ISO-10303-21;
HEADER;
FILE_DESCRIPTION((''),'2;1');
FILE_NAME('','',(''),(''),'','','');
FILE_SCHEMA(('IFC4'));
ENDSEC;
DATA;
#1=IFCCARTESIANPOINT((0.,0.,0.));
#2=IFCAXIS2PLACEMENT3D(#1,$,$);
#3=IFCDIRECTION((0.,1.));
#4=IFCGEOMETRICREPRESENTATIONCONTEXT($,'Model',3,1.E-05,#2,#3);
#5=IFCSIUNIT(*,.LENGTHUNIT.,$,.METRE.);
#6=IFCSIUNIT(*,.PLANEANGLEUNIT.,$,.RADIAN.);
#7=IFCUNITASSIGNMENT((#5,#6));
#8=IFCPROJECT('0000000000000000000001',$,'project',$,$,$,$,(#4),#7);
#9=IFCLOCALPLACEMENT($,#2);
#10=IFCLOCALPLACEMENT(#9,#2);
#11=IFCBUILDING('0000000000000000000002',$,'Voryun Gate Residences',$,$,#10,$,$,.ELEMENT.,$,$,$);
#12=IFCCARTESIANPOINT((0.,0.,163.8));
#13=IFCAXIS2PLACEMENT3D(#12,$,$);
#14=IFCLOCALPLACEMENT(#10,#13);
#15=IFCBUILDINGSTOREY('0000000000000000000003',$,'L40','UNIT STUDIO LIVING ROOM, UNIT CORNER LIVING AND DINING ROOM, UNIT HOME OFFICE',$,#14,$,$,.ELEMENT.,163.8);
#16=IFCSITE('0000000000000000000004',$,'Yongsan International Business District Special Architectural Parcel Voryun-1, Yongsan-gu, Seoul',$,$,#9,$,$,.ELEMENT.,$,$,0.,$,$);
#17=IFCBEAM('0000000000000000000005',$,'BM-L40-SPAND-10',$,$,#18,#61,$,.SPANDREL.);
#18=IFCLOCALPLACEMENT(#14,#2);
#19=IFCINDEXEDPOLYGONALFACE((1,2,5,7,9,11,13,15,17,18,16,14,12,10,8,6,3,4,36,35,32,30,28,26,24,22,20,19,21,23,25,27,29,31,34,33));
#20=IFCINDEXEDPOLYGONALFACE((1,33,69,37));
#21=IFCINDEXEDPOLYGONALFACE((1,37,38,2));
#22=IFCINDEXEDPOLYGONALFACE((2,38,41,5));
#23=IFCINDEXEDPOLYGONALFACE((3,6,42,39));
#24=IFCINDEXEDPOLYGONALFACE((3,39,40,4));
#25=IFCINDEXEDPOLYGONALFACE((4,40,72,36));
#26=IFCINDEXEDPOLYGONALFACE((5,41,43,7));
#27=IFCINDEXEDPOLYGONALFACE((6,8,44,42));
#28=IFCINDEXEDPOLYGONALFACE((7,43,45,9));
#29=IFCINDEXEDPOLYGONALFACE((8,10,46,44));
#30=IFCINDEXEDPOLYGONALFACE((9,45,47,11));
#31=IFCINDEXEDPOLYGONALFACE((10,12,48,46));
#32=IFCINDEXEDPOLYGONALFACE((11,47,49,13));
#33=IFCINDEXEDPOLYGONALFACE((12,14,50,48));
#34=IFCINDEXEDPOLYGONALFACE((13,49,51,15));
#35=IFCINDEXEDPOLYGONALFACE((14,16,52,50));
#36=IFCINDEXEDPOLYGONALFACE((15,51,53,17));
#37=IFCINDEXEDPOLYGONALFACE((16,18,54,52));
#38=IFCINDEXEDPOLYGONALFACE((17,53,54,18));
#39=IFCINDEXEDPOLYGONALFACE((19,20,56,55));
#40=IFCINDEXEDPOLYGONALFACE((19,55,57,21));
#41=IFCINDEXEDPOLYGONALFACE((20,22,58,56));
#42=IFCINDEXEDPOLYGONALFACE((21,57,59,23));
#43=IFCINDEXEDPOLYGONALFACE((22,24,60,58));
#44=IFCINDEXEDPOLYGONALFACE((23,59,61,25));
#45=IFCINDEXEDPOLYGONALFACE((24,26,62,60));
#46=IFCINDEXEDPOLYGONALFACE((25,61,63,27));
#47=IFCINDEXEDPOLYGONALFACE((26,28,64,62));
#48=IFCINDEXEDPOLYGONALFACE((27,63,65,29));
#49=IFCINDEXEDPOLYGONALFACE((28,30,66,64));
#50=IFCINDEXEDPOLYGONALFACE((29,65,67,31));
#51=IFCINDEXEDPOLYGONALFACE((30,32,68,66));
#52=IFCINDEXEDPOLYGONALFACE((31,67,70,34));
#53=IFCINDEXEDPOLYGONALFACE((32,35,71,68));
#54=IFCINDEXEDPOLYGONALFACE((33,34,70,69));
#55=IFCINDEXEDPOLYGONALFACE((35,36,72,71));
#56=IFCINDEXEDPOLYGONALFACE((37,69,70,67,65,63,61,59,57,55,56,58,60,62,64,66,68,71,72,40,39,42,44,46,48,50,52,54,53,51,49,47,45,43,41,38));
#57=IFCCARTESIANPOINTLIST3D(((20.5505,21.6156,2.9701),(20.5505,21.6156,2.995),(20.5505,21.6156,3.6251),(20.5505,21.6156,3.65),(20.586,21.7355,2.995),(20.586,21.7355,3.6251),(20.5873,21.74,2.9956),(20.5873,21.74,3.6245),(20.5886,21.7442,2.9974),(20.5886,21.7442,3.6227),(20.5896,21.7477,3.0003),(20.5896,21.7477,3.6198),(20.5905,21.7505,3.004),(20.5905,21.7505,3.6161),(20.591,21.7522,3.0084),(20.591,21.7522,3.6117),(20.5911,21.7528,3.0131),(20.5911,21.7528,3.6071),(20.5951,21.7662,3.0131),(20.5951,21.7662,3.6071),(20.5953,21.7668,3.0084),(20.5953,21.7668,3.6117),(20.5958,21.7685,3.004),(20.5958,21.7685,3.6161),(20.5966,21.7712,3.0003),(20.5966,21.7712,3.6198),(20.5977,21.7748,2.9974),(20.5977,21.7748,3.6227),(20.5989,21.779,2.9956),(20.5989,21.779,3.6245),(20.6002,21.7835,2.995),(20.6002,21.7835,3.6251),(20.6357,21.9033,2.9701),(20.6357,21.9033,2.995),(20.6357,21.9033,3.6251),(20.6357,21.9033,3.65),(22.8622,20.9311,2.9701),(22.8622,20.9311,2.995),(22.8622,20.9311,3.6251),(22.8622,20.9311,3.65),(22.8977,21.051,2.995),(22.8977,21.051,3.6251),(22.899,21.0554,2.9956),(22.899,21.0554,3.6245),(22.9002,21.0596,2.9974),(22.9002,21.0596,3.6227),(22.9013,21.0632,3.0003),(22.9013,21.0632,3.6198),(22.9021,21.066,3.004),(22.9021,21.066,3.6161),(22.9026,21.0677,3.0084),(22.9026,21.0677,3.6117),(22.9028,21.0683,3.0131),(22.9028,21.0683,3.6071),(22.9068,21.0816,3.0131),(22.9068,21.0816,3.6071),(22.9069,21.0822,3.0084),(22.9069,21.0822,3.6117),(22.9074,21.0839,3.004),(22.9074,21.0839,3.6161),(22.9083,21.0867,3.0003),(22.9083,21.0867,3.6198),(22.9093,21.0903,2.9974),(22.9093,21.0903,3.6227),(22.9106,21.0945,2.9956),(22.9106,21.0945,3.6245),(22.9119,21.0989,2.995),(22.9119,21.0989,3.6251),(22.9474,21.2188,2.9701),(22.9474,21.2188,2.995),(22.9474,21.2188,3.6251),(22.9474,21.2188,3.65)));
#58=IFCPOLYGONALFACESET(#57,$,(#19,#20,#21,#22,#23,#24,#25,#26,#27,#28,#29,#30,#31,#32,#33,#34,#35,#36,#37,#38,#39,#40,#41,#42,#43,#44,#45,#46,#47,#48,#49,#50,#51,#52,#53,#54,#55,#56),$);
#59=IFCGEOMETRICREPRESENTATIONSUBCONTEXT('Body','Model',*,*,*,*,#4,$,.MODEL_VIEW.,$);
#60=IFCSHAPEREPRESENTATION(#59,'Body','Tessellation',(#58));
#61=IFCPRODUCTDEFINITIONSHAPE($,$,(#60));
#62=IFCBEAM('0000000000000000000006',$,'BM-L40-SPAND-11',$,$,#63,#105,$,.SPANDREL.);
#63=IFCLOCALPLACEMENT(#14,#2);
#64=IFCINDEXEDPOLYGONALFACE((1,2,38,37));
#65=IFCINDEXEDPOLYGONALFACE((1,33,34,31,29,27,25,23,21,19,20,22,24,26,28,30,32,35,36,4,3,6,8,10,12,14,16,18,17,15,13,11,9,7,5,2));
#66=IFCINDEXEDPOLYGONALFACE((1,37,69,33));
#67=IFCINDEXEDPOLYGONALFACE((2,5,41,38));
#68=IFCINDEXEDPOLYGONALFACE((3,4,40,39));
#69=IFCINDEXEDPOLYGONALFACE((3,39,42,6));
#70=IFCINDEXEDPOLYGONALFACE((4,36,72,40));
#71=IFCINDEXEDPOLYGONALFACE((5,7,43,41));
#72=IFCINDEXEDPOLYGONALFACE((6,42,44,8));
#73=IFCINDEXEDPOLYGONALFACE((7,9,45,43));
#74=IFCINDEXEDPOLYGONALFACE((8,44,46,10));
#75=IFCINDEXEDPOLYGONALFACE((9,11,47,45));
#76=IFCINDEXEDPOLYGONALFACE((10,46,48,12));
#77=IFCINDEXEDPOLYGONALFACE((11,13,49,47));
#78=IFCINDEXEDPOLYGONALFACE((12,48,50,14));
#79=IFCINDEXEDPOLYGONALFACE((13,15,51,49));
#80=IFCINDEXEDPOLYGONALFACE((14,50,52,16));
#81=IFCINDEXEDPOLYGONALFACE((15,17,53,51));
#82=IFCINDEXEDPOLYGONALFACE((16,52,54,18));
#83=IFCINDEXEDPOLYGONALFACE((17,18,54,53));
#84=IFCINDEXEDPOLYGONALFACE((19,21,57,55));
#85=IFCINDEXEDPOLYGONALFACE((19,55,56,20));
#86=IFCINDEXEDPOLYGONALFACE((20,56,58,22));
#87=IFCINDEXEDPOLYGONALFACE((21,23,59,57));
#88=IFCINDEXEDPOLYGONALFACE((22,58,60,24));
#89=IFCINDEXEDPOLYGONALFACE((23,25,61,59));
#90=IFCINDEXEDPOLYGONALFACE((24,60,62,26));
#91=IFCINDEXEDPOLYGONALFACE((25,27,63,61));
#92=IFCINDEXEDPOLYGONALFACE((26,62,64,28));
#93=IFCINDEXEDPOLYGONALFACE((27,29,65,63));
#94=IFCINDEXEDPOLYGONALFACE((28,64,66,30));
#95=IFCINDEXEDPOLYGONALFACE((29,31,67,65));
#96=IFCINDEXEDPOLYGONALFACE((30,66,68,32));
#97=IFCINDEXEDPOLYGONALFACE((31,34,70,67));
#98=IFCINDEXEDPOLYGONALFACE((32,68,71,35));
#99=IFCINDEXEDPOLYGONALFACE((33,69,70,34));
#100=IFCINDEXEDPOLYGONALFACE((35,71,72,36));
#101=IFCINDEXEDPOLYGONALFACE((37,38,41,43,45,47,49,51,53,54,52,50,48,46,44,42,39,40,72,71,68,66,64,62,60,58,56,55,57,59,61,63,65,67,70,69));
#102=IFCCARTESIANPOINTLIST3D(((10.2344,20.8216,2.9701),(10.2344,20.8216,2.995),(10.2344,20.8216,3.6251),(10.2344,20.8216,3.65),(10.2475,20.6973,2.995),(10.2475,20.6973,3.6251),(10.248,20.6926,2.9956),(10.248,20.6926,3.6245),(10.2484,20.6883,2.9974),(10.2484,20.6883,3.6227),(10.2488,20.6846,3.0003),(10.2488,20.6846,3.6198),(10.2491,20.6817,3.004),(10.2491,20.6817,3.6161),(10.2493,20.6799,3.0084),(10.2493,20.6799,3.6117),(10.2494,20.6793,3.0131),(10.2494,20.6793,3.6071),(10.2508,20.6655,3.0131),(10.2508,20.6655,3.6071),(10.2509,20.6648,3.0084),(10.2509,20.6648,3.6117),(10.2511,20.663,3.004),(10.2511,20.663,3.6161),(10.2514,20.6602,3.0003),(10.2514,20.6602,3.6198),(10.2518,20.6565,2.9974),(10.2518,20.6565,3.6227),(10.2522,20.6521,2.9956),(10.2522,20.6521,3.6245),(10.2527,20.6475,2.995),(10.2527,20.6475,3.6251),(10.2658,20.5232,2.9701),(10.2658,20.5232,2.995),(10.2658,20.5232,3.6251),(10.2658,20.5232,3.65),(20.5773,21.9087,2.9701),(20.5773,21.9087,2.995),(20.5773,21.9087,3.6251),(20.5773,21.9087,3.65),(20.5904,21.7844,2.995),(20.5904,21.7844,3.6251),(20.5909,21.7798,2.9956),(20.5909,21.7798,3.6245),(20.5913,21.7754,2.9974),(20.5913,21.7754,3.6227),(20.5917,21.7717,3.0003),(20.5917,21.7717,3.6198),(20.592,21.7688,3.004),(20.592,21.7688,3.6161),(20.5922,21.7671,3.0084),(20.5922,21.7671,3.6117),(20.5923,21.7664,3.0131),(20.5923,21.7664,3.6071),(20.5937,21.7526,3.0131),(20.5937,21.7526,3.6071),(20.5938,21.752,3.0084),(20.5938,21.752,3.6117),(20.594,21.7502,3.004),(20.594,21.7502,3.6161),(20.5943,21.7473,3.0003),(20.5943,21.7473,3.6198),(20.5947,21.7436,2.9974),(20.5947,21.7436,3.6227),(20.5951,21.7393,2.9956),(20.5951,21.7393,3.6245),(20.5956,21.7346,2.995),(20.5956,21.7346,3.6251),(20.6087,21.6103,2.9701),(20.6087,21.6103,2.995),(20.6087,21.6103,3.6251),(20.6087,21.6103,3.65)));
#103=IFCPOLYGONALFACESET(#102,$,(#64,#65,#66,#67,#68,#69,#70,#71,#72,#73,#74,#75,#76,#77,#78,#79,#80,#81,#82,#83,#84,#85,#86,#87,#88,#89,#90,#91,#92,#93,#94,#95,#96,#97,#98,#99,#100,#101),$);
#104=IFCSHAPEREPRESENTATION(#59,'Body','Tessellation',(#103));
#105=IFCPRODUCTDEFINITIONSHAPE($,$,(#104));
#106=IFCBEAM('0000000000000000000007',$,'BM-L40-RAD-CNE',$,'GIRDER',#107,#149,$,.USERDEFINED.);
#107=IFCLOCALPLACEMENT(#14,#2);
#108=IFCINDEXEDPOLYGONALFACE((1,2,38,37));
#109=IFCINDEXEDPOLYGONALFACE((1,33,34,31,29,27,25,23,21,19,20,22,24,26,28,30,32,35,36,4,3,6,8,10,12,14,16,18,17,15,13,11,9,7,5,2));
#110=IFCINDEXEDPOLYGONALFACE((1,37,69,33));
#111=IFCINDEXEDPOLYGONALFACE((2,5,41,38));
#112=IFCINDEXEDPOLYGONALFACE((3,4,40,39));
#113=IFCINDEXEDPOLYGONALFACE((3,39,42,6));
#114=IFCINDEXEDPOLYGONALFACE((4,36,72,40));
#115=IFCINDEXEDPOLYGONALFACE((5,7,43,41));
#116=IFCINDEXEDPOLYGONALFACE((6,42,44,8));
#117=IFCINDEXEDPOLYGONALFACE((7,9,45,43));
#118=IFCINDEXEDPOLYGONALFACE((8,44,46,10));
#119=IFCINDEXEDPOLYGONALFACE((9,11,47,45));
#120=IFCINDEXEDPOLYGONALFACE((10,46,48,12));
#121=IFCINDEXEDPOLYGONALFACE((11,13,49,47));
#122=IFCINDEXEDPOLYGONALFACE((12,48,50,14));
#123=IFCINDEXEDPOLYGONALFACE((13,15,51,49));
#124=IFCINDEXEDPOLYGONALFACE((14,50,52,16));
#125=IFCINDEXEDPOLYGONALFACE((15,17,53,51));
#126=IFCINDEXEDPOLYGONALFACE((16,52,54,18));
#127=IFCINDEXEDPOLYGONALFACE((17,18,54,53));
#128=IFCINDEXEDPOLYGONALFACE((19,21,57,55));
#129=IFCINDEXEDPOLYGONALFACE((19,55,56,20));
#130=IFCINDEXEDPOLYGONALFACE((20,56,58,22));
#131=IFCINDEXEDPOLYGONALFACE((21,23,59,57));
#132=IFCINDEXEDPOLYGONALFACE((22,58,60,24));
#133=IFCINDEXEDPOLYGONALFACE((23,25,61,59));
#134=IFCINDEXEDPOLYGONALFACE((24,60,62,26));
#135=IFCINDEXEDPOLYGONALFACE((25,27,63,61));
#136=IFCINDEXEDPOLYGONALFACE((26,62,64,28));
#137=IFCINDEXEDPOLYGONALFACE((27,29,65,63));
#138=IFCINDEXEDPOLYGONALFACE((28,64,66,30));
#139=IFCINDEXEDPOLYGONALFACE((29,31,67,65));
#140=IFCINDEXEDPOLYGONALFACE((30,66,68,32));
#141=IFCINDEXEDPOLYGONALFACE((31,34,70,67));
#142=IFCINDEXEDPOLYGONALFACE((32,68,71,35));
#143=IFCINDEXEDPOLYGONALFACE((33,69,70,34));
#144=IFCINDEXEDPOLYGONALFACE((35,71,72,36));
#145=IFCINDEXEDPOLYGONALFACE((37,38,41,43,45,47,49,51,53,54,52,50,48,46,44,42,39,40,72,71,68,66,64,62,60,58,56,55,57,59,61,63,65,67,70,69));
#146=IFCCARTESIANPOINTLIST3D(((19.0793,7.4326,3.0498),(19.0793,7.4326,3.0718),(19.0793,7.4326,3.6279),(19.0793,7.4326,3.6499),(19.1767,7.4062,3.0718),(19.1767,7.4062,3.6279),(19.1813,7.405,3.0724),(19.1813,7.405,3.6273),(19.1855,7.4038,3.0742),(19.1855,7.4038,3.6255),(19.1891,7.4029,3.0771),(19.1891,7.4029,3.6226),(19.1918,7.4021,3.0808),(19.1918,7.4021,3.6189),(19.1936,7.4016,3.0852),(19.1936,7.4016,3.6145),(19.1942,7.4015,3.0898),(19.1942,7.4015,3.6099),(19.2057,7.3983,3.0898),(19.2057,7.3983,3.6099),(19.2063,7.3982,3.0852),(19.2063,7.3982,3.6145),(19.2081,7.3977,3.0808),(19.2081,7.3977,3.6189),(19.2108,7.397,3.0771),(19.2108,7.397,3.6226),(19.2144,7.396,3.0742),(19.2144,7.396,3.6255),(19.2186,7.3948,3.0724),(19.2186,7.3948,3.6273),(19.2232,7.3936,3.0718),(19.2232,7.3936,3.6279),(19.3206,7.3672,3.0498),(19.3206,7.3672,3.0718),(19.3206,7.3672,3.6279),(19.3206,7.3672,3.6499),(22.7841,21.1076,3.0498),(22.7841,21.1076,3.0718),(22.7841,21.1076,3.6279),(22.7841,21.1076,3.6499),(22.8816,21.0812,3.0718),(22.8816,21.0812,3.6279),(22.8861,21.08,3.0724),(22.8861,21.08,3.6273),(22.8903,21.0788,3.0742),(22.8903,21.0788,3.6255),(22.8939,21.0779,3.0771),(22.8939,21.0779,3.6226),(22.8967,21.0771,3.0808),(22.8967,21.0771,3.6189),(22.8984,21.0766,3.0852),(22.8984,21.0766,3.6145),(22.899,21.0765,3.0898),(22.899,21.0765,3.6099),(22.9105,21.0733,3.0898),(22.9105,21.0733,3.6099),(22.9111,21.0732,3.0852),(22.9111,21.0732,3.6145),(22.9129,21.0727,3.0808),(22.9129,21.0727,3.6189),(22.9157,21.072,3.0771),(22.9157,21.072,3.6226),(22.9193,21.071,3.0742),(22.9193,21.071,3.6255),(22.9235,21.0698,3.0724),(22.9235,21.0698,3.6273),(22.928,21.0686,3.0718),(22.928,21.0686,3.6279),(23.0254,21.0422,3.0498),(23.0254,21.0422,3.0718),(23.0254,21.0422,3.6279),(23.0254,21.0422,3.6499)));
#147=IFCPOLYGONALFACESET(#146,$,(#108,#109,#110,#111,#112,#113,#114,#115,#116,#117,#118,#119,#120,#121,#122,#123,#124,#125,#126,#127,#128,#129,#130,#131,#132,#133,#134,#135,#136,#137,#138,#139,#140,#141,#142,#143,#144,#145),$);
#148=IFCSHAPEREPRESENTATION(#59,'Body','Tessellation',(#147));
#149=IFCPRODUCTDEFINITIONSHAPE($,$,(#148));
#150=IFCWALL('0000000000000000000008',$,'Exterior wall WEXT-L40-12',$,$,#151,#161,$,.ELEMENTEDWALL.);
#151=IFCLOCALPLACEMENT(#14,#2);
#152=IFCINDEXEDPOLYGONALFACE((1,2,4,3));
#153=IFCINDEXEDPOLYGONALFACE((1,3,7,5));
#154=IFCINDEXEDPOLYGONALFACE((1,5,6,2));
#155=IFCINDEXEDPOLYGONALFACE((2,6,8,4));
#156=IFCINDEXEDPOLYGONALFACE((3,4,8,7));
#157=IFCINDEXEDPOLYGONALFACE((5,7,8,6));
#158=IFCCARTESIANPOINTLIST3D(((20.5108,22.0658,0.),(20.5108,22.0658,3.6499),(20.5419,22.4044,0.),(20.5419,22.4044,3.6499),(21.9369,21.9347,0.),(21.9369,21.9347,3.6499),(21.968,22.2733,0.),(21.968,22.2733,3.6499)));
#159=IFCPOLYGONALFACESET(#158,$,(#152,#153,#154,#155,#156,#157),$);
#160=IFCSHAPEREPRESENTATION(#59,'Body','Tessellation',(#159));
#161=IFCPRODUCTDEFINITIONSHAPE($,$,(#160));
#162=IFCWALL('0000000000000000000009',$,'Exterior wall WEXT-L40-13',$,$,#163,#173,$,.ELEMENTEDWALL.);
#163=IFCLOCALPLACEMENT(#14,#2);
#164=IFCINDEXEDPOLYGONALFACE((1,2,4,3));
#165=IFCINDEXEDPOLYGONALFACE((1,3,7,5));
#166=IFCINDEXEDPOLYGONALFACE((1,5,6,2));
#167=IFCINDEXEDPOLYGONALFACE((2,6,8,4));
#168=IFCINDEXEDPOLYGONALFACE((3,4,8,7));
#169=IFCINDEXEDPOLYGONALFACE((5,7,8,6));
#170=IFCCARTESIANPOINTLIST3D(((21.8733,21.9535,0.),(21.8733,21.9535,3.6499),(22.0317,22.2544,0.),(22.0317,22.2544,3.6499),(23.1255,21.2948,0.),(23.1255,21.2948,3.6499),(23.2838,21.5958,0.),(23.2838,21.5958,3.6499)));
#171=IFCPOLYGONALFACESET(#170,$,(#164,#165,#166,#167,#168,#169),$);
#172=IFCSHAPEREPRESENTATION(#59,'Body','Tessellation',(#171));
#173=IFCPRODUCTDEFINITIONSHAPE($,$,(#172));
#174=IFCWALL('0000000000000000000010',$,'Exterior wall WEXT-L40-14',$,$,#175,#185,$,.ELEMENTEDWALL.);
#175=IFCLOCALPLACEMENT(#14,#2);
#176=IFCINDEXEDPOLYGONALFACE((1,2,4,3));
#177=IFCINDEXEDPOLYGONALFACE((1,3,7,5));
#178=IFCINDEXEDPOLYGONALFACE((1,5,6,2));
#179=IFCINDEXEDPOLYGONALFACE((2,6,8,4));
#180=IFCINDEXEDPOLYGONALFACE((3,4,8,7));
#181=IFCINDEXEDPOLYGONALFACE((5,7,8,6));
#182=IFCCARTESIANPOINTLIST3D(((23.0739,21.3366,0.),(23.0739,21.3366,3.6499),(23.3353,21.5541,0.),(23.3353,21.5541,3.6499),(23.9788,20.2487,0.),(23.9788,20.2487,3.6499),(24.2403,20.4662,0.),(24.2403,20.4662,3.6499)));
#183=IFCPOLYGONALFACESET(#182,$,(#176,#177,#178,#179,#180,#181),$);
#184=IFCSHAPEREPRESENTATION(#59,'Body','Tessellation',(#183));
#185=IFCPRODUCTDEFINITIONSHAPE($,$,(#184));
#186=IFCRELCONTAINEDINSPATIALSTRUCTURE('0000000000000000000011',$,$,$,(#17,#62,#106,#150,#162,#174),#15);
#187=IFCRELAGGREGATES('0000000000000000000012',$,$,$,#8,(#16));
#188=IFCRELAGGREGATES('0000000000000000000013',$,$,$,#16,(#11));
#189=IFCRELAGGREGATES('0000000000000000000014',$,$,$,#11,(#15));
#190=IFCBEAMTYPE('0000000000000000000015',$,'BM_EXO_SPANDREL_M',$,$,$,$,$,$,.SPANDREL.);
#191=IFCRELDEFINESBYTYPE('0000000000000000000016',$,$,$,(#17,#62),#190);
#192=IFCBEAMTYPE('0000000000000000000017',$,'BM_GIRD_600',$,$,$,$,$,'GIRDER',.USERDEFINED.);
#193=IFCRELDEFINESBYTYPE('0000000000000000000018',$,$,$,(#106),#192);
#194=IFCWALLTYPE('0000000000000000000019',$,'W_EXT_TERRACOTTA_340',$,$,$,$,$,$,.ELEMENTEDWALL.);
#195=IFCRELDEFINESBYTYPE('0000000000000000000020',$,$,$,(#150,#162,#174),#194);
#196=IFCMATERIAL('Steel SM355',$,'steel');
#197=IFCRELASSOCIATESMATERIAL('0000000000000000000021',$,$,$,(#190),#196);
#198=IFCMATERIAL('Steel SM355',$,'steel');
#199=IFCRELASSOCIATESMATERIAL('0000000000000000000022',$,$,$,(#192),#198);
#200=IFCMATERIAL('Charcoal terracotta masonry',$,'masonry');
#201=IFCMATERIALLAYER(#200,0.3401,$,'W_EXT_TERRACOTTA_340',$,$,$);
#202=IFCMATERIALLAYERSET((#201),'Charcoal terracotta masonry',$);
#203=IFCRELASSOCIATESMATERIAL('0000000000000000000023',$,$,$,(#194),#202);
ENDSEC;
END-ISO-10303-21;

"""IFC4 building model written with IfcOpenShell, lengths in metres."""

from ifc_helpers import new_model, si_unit, direction, frame, frame_2d, origin, origin_2d, place, context, subcontext, project, spatial, rectangle, i_section, extrude, material, layer, layer_set, material_profile, profile_set, type_object, element, save


model = new_model("IFC4")

# Units and contexts
model_context = context("Model", 3, precision=1e-05, world=origin(), true_north=direction((0.0, 1.0)))
body_context = subcontext(model_context, "Body", "Model", "MODEL_VIEW")
ifc_project = project(units=[si_unit("LENGTHUNIT", "METRE"), si_unit("PLANEANGLEUNIT", "RADIAN")], contexts=[model_context])

# Site, building, storey
site_placement = place(None, origin())
site = spatial("IfcSite", under=ifc_project, at=site_placement, Name="Yongsan International Business District Special Architectural Parcel Voryun-1, Yongsan-gu, Seoul", CompositionType="ELEMENT", RefElevation=0.0)
building_placement = place(site_placement, origin())
building = spatial("IfcBuilding", under=site, at=building_placement, Name="Voryun Gate Residences", CompositionType="ELEMENT")
storey_placement = place(building_placement, frame((0.0, 0.0, 163.8)))
storey = spatial("IfcBuildingStorey", under=building, at=storey_placement, Name="L40", Description="UNIT STUDIO LIVING ROOM, UNIT CORNER LIVING AND DINING ROOM, UNIT HOME OFFICE", CompositionType="ELEMENT", Elevation=163.8)

# Beams
ifc_material_1 = material(Name="Steel SM355", Category="steel")
ifc_material_profile_1 = material_profile(ifc_material_1, i_section(OverallWidth=0.3, OverallDepth=0.6799, WebThickness=0.0139, FlangeThickness=0.0249, FilletRadius=0.0181, at=origin_2d()), Name="H-680x300x14x25")
ifc_profile_set_1 = profile_set([ifc_material_profile_1], Name="Steel SM355")
beam_type_1 = type_object("IfcBeamType", Name="BM_EXO_SPANDREL_M", PredefinedType="SPANDREL", material=ifc_profile_set_1)
beam_1_placement = place(storey_placement, frame((22.9048, 21.075, 3.3101), z_axis=(-0.958843, 0.283937, 0.0), x_axis=(-0.283937, -0.958843, 0.0)))
element("IfcBeam", 1, at=beam_1_placement, inside=storey, type_object=beam_type_1, Name="BM-L40-SPAND-10", PredefinedType="SPANDREL", context=body_context, shape_type="SweptSolid", body=[
    extrude(i_section(OverallWidth=0.3, OverallDepth=0.6799, WebThickness=0.0139, FlangeThickness=0.0249, FilletRadius=0.0181, at=origin_2d()), origin(), (0.0, 0.0, 1.0), 2.4109),
])
beam_2_placement = place(storey_placement, frame((20.593, 21.7595, 3.3101), z_axis=(-0.994521, -0.104534, 0.0), x_axis=(0.104534, -0.994521, 0.0)))
element("IfcBeam", 2, at=beam_2_placement, inside=storey, type_object=beam_type_1, Name="BM-L40-SPAND-11", PredefinedType="SPANDREL", context=body_context, shape_type="SweptSolid", body=[
    extrude(i_section(OverallWidth=0.3, OverallDepth=0.6799, WebThickness=0.0139, FlangeThickness=0.0249, FilletRadius=0.0181, at=origin_2d()), origin(), (0.0, 0.0, 1.0), 10.3999),
])
ifc_material_2 = material(Name="Steel SM355", Category="steel")
ifc_material_profile_2 = material_profile(ifc_material_2, i_section(OverallWidth=0.25, OverallDepth=0.6001, WebThickness=0.012, FlangeThickness=0.022, FilletRadius=0.0181, at=origin_2d()), Name="H-600x250x12x22")
ifc_profile_set_2 = profile_set([ifc_material_profile_2], Name="Steel SM355")
beam_type_2 = type_object("IfcBeamType", Name="BM_GIRD_600", ElementType="GIRDER", PredefinedType="USERDEFINED", material=ifc_profile_set_2)
beam_3_placement = place(storey_placement, frame((19.2, 7.3999, 3.3499), z_axis=(0.261493, 0.965205, 0.0), x_axis=(-0.965205, 0.261493, 0.0)))
element("IfcBeam", 3, at=beam_3_placement, inside=storey, type_object=beam_type_2, Name="BM-L40-RAD-CNE", ObjectType="GIRDER", PredefinedType="USERDEFINED", context=body_context, shape_type="SweptSolid", body=[
    extrude(i_section(OverallWidth=0.25, OverallDepth=0.6001, WebThickness=0.012, FlangeThickness=0.022, FilletRadius=0.0181, at=origin_2d()), origin(), (0.0, 0.0, 1.0), 14.168),
])

# Walls
ifc_material_3 = material(Name="Charcoal terracotta masonry", Category="masonry")
ifc_layer_1 = layer(ifc_material_3, 0.3401, Name="W_EXT_TERRACOTTA_340")
ifc_layer_set_1 = layer_set([ifc_layer_1], Name="Charcoal terracotta masonry")
wall_type_1 = type_object("IfcWallType", Name="W_EXT_TERRACOTTA_340", PredefinedType="ELEMENTEDWALL", material=ifc_layer_set_1)
wall_1_placement = place(storey_placement, frame((20.5264, 22.2351, 0.0), z_axis=(0.0, 0.0, 1.0), x_axis=(0.9958, -0.09155, 0.0)))
element("IfcWall", 4, at=wall_1_placement, inside=storey, type_object=wall_type_1, Name="Exterior wall WEXT-L40-12", PredefinedType="ELEMENTEDWALL", context=body_context, shape_type="SweptSolid", body=[
    extrude(rectangle(XDim=1.4321, YDim=0.3401, at=frame_2d((0.7161, 0.0))), origin(), (0.0, 0.0, 1.0), 3.6499),
])
wall_2_placement = place(storey_placement, frame((21.9524, 22.104, 0.0), z_axis=(0.0, 0.0, 1.0), x_axis=(0.885023, -0.465547, 0.0)))
element("IfcWall", 5, at=wall_2_placement, inside=storey, type_object=wall_type_1, Name="Exterior wall WEXT-L40-13", PredefinedType="ELEMENTEDWALL", context=body_context, shape_type="SweptSolid", body=[
    extrude(rectangle(XDim=1.4148, YDim=0.3401, at=frame_2d((0.7075, 0.0))), origin(), (0.0, 0.0, 1.0), 3.6499),
])
wall_3_placement = place(storey_placement, frame((23.2046, 21.4453, 0.0), z_axis=(0.0, 0.0, 1.0), x_axis=(0.639539, -0.768758, 0.0)))
element("IfcWall", 6, at=wall_3_placement, inside=storey, type_object=wall_type_1, Name="Exterior wall WEXT-L40-14", PredefinedType="ELEMENTEDWALL", context=body_context, shape_type="SweptSolid", body=[
    extrude(rectangle(XDim=1.415, YDim=0.3401, at=frame_2d((0.7075, 0.0))), origin(), (0.0, 0.0, 1.0), 3.6499),
])

save(model, "model.ifc")
